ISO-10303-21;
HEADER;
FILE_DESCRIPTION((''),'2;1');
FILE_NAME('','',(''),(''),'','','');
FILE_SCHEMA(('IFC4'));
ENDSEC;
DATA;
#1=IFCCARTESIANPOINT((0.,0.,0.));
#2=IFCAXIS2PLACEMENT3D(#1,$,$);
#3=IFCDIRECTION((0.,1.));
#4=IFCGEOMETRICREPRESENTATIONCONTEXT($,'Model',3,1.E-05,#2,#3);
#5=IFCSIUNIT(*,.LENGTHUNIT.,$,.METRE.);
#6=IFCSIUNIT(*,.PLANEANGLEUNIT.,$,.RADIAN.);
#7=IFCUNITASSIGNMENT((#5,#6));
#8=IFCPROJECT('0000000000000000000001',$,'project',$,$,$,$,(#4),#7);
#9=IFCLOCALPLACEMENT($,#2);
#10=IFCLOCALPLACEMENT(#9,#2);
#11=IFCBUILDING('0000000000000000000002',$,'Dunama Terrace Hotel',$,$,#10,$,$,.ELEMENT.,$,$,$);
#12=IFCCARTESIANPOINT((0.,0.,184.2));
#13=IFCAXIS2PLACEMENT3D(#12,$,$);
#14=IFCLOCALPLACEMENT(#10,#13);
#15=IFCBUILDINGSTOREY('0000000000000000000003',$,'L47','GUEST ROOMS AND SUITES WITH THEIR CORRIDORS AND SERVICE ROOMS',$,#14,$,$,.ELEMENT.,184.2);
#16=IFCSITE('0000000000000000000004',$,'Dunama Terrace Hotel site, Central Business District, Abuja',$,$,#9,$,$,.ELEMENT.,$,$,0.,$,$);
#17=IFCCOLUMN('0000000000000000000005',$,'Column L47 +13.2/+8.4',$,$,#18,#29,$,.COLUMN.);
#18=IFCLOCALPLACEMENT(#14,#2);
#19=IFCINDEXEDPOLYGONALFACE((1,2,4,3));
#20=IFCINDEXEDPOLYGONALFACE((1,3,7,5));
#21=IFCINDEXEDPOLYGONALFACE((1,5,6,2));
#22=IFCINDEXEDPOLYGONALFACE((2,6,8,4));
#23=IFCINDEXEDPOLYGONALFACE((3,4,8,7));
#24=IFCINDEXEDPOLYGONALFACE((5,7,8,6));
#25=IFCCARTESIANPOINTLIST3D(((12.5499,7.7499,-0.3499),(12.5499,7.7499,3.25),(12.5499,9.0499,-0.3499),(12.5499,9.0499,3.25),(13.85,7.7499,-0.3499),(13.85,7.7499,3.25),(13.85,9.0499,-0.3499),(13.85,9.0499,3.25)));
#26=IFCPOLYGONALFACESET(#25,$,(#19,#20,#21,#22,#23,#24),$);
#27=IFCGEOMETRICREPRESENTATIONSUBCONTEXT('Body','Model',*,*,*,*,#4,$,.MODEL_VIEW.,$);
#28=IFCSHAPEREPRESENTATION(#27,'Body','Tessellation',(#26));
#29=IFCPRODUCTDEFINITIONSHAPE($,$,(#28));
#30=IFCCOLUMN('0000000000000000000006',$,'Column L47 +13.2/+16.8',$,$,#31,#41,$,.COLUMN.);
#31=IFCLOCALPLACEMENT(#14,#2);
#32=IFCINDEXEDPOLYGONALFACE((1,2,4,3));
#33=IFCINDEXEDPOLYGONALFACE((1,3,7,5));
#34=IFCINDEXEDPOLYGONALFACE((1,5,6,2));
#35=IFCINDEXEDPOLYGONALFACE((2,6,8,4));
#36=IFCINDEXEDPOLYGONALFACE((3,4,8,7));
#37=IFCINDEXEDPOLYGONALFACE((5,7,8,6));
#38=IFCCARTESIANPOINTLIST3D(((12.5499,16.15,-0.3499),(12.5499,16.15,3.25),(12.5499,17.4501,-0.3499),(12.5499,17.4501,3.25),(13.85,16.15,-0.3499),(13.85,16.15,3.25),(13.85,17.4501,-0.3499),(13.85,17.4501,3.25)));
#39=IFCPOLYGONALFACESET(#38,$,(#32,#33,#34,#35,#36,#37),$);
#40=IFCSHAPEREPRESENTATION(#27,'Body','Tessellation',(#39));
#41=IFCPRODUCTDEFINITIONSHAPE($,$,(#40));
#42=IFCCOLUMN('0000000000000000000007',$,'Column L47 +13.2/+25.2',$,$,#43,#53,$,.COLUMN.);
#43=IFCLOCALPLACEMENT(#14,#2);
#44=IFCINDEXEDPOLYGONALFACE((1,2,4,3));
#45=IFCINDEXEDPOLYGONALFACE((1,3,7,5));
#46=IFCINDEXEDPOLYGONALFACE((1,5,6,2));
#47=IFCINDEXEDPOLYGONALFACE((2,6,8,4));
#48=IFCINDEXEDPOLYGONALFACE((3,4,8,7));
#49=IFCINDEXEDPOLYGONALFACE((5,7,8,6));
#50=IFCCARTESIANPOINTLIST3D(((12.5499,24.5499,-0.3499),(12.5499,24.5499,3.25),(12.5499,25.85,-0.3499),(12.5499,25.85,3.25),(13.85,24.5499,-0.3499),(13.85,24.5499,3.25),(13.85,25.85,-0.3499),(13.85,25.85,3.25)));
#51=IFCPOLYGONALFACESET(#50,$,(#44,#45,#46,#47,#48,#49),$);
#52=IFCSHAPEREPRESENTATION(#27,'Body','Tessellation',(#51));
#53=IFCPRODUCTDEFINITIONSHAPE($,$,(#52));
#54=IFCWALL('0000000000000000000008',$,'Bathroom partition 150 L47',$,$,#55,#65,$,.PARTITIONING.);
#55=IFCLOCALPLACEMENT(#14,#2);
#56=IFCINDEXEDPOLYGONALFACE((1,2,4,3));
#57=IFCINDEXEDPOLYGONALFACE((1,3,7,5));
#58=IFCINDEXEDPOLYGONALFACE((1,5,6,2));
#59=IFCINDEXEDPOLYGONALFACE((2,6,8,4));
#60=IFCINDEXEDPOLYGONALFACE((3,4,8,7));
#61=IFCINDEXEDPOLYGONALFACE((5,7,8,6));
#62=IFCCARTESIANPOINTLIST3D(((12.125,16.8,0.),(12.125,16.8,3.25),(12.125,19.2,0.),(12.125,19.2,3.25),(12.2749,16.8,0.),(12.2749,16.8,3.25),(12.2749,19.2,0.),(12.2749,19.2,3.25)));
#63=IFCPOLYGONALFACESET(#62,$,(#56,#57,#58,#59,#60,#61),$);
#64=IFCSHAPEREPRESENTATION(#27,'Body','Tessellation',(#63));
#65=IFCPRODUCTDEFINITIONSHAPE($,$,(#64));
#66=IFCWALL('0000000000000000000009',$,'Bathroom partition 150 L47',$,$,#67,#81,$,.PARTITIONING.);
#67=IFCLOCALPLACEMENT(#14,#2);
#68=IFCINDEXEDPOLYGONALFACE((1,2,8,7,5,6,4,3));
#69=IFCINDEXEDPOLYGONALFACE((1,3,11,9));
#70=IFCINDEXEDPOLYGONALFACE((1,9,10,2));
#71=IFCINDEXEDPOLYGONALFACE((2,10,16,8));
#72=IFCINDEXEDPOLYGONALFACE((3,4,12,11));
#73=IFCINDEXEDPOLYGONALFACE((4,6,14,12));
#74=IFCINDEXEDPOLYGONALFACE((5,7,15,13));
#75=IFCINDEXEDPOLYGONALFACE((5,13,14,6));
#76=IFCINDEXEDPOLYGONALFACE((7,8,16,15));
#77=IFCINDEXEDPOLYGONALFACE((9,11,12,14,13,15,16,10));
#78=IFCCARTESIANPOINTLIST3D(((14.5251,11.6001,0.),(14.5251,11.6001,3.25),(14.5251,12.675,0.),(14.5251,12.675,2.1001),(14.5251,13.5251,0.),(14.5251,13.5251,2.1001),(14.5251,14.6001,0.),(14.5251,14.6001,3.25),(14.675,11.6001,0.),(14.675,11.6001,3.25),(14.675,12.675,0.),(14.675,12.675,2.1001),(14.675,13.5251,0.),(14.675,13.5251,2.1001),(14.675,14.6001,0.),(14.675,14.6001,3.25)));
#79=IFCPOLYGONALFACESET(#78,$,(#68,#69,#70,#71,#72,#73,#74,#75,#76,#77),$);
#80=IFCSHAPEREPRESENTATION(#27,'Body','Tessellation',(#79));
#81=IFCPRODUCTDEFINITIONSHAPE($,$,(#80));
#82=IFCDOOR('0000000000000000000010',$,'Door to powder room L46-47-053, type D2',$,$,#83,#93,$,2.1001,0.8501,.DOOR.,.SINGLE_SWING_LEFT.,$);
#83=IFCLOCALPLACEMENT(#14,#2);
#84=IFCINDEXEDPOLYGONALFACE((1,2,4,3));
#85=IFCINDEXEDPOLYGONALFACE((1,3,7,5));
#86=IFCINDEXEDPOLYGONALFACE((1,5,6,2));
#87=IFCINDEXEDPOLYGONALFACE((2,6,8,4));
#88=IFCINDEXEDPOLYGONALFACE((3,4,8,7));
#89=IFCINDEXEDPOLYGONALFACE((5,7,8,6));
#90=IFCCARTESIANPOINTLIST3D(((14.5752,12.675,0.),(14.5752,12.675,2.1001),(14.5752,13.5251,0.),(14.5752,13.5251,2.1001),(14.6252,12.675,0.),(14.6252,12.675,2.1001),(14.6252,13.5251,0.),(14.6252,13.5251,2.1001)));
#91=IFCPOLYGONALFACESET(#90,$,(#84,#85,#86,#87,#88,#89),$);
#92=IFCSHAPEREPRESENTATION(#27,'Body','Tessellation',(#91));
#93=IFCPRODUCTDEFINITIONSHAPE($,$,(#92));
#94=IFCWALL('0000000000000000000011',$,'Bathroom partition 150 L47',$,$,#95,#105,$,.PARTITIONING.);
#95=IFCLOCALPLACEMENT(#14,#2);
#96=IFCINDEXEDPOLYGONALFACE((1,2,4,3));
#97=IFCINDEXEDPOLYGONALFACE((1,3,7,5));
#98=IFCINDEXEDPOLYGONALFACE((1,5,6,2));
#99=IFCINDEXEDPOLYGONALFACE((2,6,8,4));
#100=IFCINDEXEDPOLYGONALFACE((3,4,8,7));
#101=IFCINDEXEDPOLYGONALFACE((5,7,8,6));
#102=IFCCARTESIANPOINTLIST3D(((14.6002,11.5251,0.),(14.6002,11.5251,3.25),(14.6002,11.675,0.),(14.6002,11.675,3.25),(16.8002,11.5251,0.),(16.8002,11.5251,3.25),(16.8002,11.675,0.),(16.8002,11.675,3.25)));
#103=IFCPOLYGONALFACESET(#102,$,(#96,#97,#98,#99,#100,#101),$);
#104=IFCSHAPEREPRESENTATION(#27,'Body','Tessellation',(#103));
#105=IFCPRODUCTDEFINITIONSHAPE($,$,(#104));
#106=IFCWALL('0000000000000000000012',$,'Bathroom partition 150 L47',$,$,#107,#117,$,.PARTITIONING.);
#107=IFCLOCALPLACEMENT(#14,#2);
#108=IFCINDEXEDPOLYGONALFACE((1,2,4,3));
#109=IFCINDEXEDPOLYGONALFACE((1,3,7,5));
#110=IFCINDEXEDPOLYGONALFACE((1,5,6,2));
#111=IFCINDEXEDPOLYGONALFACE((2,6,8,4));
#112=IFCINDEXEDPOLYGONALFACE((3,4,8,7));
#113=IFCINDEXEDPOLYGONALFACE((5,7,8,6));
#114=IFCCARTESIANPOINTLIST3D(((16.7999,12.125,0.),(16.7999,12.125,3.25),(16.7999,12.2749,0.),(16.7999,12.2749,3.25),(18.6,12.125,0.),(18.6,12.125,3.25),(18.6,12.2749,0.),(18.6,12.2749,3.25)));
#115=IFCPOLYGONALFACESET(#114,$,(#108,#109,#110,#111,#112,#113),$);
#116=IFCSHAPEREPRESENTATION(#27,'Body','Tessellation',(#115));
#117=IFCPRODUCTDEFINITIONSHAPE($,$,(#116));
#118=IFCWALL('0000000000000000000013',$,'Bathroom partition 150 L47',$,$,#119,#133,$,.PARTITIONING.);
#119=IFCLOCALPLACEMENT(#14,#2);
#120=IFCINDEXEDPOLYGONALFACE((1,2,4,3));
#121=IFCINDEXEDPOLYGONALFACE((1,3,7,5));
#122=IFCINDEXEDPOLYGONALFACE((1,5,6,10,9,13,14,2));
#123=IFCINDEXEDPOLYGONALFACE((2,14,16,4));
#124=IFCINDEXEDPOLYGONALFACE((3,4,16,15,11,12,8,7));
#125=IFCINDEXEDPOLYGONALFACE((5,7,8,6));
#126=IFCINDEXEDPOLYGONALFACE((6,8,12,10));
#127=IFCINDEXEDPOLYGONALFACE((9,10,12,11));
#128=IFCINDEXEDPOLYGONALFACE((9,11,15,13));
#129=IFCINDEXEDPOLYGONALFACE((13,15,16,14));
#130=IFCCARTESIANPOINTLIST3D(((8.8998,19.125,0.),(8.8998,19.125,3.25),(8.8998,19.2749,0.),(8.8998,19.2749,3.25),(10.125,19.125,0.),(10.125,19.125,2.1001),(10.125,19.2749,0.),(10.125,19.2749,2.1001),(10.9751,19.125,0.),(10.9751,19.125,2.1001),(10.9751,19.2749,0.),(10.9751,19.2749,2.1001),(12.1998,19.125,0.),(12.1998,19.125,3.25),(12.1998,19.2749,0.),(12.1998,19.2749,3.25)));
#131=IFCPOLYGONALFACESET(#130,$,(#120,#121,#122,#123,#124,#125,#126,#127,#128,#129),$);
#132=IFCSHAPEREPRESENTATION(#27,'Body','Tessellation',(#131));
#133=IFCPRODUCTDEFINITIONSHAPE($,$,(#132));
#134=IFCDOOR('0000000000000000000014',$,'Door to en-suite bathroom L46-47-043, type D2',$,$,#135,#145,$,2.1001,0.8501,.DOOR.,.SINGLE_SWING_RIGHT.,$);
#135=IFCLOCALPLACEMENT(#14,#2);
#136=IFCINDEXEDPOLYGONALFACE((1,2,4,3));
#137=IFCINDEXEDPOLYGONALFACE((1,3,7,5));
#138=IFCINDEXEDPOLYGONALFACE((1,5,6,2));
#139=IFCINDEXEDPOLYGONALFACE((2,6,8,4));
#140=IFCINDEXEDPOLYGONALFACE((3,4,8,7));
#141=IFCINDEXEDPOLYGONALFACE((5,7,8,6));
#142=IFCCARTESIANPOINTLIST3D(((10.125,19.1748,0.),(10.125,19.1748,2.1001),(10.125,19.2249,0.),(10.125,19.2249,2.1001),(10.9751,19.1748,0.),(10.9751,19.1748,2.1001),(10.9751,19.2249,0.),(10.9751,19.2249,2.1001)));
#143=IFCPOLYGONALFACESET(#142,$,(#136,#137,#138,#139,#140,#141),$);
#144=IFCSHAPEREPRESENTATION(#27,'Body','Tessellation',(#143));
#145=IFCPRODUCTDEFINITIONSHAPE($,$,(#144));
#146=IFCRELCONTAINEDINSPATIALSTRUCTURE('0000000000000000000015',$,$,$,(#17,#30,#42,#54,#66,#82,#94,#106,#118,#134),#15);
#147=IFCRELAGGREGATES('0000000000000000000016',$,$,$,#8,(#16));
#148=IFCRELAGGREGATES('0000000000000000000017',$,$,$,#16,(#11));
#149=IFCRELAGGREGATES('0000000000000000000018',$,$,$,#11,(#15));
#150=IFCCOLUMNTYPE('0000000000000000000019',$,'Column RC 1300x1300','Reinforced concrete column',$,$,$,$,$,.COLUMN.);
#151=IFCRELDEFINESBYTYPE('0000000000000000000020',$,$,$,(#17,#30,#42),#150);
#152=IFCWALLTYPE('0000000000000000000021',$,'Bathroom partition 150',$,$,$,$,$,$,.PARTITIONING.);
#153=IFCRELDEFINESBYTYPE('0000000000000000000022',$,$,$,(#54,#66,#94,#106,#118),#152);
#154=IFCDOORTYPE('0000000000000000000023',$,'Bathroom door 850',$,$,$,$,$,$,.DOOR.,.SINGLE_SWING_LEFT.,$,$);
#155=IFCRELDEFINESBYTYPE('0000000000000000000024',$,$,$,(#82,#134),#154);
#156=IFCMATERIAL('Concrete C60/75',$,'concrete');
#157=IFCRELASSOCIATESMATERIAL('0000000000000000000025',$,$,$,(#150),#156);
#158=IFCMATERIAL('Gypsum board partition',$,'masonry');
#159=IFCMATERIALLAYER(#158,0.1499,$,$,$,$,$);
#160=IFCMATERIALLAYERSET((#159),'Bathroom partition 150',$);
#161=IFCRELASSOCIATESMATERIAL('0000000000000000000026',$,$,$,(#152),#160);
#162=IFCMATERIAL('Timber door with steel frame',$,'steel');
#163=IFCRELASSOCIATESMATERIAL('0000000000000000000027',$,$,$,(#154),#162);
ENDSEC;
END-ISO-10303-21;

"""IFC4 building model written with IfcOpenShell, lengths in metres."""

from ifc_helpers import new_model, si_unit, direction, frame, frame_2d, origin, origin_2d, place, context, subcontext, project, spatial, rectangle, extrude, material, layer, layer_set, material_profile, profile_set, type_object, element, fill, save


model = new_model("IFC4")

# Units and contexts
model_context = context("Model", 3, precision=1e-05, world=origin(), true_north=direction((0.0, 1.0)))
body_context = subcontext(model_context, "Body", "Model", "MODEL_VIEW")
ifc_project = project(units=[si_unit("LENGTHUNIT", "METRE"), si_unit("PLANEANGLEUNIT", "RADIAN")], contexts=[model_context])

# Site, building, storey
site_placement = place(None, origin())
site = spatial("IfcSite", under=ifc_project, at=site_placement, Name="Dunama Terrace Hotel site, Central Business District, Abuja", CompositionType="ELEMENT", RefElevation=0.0)
building_placement = place(site_placement, origin())
building = spatial("IfcBuilding", under=site, at=building_placement, Name="Dunama Terrace Hotel", CompositionType="ELEMENT")
storey_placement = place(building_placement, frame((0.0, 0.0, 184.2)))
storey = spatial("IfcBuildingStorey", under=building, at=storey_placement, Name="L47", Description="GUEST ROOMS AND SUITES WITH THEIR CORRIDORS AND SERVICE ROOMS", CompositionType="ELEMENT", Elevation=184.2)

# Columns
ifc_material_1 = material(Name="Concrete C60/75", Category="concrete")
ifc_material_profile = material_profile(ifc_material_1, rectangle(XDim=1.3, YDim=1.3, at=origin_2d()), Name="RC 1300x1300")
ifc_profile_set = profile_set([ifc_material_profile], Name="Concrete C60/75")
column_type = type_object("IfcColumnType", Name="Column RC 1300x1300", Description="Reinforced concrete column", PredefinedType="COLUMN", material=ifc_profile_set)
for number, where, z_axis, x_axis, name in (
    (1, (13.2, 8.3999, -0.3499), (0.0, 0.0, 1.0), (1.0, 0.0, 0.0), "Column L47 +13.2/+8.4"),
    (2, (13.2, 16.8, -0.3499), (0.0, 0.0, 1.0), (1.0, 0.0, 0.0), "Column L47 +13.2/+16.8"),
    (3, (13.2, 25.2, -0.3499), (0.0, 0.0, 1.0), (1.0, 0.0, 0.0), "Column L47 +13.2/+25.2"),
):
    element("IfcColumn", number, at=place(storey_placement, frame(where, z_axis=z_axis, x_axis=x_axis)), inside=storey, type_object=column_type, Name=name, PredefinedType="COLUMN", context=body_context, shape_type="SweptSolid", body=[
        extrude(rectangle(XDim=1.3, YDim=1.3, at=origin_2d()), origin(), (0.0, 0.0, 1.0), 3.5999),
    ])

# Wall
ifc_material_2 = material(Name="Gypsum board partition", Category="masonry")
ifc_layer_1 = layer(ifc_material_2, 0.1499)
ifc_layer_set_1 = layer_set([ifc_layer_1], Name="Bathroom partition 150")
wall_type_1 = type_object("IfcWallType", Name="Bathroom partition 150", PredefinedType="PARTITIONING", material=ifc_layer_set_1)
wall_1_placement = place(storey_placement, frame((12.2, 16.8, 0.0), z_axis=(0.0, 0.0, 1.0), x_axis=(0.0, 1.0, 0.0)))
element("IfcWall", 4, at=wall_1_placement, inside=storey, type_object=wall_type_1, Name="Bathroom partition 150 L47", PredefinedType="PARTITIONING", context=body_context, shape_type="SweptSolid", body=[
    extrude(rectangle(XDim=2.3999, YDim=0.1499, at=frame_2d((1.2, 0.0))), origin(), (0.0, 0.0, 1.0), 3.25),
])

# Wall, opening, door
wall_2_placement = place(storey_placement, frame((14.6001, 11.6001, 0.0), z_axis=(0.0, 0.0, 1.0), x_axis=(0.0, 1.0, 0.0)))
wall_2 = element("IfcWall", 5, at=wall_2_placement, inside=storey, type_object=wall_type_1, Name="Bathroom partition 150 L47", PredefinedType="PARTITIONING", context=body_context, shape_type="SweptSolid", body=[
    extrude(rectangle(XDim=3.0, YDim=0.1499, at=frame_2d((1.5, 0.0))), origin(), (0.0, 0.0, 1.0), 3.25),
])
opening_1_placement = place(wall_2_placement, frame((1.075, 0.0, 0.0)))
opening_1 = element("IfcOpeningElement", 6, at=opening_1_placement, cuts=wall_2, PredefinedType="OPENING", context=body_context, shape_type="SweptSolid", body=[
    extrude(rectangle(XDim=0.8501, YDim=2.1001, at=frame_2d((0.425, 1.05))), frame((0.0, 0.085, 0.0), z_axis=(0.0, -1.0, 0.0), x_axis=(1.0, 0.0, 0.0)), (0.0, 0.0, 1.0), 0.1699),
])
ifc_material_3 = material(Name="Timber door with steel frame", Category="steel")
door_type_1 = type_object("IfcDoorType", Name="Bathroom door 850", OperationType="SINGLE_SWING_LEFT", PredefinedType="DOOR", material=ifc_material_3)
door_1_placement = place(opening_1_placement, frame((0.8501, 0.0, 0.0), z_axis=(0.0, 0.0, 1.0), x_axis=(-1.0, 0.0, 0.0)))
door_1 = element("IfcDoor", 7, at=door_1_placement, inside=storey, type_object=door_type_1, Name="Door to powder room L46-47-053, type D2", OperationType="SINGLE_SWING_LEFT", OverallHeight=2.1001, OverallWidth=0.8501, PredefinedType="DOOR", context=body_context, shape_type="SweptSolid", body=[
    extrude(rectangle(XDim=0.8501, YDim=2.1001, at=frame_2d((0.425, 1.05))), frame((0.0, 0.0251, 0.0), z_axis=(0.0, -1.0, 0.0), x_axis=(1.0, 0.0, 0.0)), (0.0, 0.0, 1.0), 0.05),
])
fill(opening_1, door_1)

# Walls
wall_3_placement = place(storey_placement, frame((14.6001, 11.6001, 0.0), z_axis=(0.0, 0.0, 1.0), x_axis=(1.0, 0.0, 0.0)))
element("IfcWall", 8, at=wall_3_placement, inside=storey, type_object=wall_type_1, Name="Bathroom partition 150 L47", PredefinedType="PARTITIONING", context=body_context, shape_type="SweptSolid", body=[
    extrude(rectangle(XDim=2.2, YDim=0.1499, at=frame_2d((1.1001, 0.0))), origin(), (0.0, 0.0, 1.0), 3.25),
])
wall_4_placement = place(storey_placement, frame((16.8, 12.2, 0.0), z_axis=(0.0, 0.0, 1.0), x_axis=(1.0, 0.0, 0.0)))
element("IfcWall", 9, at=wall_4_placement, inside=storey, type_object=wall_type_1, Name="Bathroom partition 150 L47", PredefinedType="PARTITIONING", context=body_context, shape_type="SweptSolid", body=[
    extrude(rectangle(XDim=1.8, YDim=0.1499, at=frame_2d((0.8999, 0.0))), origin(), (0.0, 0.0, 1.0), 3.25),
])

# Wall, opening, door
wall_5_placement = place(storey_placement, frame((8.8999, 19.2, 0.0), z_axis=(0.0, 0.0, 1.0), x_axis=(1.0, 0.0, 0.0)))
wall_5 = element("IfcWall", 10, at=wall_5_placement, inside=storey, type_object=wall_type_1, Name="Bathroom partition 150 L47", PredefinedType="PARTITIONING", context=body_context, shape_type="SweptSolid", body=[
    extrude(rectangle(XDim=3.3, YDim=0.1499, at=frame_2d((1.6499, 0.0))), origin(), (0.0, 0.0, 1.0), 3.25),
])
opening_2_placement = place(wall_5_placement, frame((1.2251, 0.0, 0.0)))
opening_2 = element("IfcOpeningElement", 11, at=opening_2_placement, cuts=wall_5, PredefinedType="OPENING", context=body_context, shape_type="SweptSolid", body=[
    extrude(rectangle(XDim=0.8501, YDim=2.1001, at=frame_2d((0.425, 1.05))), frame((0.0, 0.085, 0.0), z_axis=(0.0, -1.0, 0.0), x_axis=(1.0, 0.0, 0.0)), (0.0, 0.0, 1.0), 0.1699),
])
door_2_placement = place(opening_2_placement, frame((0.8501, 0.0, 0.0), z_axis=(0.0, 0.0, 1.0), x_axis=(-1.0, 0.0, 0.0)))
door_2 = element("IfcDoor", 12, at=door_2_placement, inside=storey, type_object=door_type_1, Name="Door to en-suite bathroom L46-47-043, type D2", OperationType="SINGLE_SWING_RIGHT", OverallHeight=2.1001, OverallWidth=0.8501, PredefinedType="DOOR", context=body_context, shape_type="SweptSolid", body=[
    extrude(rectangle(XDim=0.8501, YDim=2.1001, at=frame_2d((0.425, 1.05))), frame((0.0, 0.0251, 0.0), z_axis=(0.0, -1.0, 0.0), x_axis=(1.0, 0.0, 0.0)), (0.0, 0.0, 1.0), 0.05),
])
fill(opening_2, door_2)

save(model, "model.ifc")
